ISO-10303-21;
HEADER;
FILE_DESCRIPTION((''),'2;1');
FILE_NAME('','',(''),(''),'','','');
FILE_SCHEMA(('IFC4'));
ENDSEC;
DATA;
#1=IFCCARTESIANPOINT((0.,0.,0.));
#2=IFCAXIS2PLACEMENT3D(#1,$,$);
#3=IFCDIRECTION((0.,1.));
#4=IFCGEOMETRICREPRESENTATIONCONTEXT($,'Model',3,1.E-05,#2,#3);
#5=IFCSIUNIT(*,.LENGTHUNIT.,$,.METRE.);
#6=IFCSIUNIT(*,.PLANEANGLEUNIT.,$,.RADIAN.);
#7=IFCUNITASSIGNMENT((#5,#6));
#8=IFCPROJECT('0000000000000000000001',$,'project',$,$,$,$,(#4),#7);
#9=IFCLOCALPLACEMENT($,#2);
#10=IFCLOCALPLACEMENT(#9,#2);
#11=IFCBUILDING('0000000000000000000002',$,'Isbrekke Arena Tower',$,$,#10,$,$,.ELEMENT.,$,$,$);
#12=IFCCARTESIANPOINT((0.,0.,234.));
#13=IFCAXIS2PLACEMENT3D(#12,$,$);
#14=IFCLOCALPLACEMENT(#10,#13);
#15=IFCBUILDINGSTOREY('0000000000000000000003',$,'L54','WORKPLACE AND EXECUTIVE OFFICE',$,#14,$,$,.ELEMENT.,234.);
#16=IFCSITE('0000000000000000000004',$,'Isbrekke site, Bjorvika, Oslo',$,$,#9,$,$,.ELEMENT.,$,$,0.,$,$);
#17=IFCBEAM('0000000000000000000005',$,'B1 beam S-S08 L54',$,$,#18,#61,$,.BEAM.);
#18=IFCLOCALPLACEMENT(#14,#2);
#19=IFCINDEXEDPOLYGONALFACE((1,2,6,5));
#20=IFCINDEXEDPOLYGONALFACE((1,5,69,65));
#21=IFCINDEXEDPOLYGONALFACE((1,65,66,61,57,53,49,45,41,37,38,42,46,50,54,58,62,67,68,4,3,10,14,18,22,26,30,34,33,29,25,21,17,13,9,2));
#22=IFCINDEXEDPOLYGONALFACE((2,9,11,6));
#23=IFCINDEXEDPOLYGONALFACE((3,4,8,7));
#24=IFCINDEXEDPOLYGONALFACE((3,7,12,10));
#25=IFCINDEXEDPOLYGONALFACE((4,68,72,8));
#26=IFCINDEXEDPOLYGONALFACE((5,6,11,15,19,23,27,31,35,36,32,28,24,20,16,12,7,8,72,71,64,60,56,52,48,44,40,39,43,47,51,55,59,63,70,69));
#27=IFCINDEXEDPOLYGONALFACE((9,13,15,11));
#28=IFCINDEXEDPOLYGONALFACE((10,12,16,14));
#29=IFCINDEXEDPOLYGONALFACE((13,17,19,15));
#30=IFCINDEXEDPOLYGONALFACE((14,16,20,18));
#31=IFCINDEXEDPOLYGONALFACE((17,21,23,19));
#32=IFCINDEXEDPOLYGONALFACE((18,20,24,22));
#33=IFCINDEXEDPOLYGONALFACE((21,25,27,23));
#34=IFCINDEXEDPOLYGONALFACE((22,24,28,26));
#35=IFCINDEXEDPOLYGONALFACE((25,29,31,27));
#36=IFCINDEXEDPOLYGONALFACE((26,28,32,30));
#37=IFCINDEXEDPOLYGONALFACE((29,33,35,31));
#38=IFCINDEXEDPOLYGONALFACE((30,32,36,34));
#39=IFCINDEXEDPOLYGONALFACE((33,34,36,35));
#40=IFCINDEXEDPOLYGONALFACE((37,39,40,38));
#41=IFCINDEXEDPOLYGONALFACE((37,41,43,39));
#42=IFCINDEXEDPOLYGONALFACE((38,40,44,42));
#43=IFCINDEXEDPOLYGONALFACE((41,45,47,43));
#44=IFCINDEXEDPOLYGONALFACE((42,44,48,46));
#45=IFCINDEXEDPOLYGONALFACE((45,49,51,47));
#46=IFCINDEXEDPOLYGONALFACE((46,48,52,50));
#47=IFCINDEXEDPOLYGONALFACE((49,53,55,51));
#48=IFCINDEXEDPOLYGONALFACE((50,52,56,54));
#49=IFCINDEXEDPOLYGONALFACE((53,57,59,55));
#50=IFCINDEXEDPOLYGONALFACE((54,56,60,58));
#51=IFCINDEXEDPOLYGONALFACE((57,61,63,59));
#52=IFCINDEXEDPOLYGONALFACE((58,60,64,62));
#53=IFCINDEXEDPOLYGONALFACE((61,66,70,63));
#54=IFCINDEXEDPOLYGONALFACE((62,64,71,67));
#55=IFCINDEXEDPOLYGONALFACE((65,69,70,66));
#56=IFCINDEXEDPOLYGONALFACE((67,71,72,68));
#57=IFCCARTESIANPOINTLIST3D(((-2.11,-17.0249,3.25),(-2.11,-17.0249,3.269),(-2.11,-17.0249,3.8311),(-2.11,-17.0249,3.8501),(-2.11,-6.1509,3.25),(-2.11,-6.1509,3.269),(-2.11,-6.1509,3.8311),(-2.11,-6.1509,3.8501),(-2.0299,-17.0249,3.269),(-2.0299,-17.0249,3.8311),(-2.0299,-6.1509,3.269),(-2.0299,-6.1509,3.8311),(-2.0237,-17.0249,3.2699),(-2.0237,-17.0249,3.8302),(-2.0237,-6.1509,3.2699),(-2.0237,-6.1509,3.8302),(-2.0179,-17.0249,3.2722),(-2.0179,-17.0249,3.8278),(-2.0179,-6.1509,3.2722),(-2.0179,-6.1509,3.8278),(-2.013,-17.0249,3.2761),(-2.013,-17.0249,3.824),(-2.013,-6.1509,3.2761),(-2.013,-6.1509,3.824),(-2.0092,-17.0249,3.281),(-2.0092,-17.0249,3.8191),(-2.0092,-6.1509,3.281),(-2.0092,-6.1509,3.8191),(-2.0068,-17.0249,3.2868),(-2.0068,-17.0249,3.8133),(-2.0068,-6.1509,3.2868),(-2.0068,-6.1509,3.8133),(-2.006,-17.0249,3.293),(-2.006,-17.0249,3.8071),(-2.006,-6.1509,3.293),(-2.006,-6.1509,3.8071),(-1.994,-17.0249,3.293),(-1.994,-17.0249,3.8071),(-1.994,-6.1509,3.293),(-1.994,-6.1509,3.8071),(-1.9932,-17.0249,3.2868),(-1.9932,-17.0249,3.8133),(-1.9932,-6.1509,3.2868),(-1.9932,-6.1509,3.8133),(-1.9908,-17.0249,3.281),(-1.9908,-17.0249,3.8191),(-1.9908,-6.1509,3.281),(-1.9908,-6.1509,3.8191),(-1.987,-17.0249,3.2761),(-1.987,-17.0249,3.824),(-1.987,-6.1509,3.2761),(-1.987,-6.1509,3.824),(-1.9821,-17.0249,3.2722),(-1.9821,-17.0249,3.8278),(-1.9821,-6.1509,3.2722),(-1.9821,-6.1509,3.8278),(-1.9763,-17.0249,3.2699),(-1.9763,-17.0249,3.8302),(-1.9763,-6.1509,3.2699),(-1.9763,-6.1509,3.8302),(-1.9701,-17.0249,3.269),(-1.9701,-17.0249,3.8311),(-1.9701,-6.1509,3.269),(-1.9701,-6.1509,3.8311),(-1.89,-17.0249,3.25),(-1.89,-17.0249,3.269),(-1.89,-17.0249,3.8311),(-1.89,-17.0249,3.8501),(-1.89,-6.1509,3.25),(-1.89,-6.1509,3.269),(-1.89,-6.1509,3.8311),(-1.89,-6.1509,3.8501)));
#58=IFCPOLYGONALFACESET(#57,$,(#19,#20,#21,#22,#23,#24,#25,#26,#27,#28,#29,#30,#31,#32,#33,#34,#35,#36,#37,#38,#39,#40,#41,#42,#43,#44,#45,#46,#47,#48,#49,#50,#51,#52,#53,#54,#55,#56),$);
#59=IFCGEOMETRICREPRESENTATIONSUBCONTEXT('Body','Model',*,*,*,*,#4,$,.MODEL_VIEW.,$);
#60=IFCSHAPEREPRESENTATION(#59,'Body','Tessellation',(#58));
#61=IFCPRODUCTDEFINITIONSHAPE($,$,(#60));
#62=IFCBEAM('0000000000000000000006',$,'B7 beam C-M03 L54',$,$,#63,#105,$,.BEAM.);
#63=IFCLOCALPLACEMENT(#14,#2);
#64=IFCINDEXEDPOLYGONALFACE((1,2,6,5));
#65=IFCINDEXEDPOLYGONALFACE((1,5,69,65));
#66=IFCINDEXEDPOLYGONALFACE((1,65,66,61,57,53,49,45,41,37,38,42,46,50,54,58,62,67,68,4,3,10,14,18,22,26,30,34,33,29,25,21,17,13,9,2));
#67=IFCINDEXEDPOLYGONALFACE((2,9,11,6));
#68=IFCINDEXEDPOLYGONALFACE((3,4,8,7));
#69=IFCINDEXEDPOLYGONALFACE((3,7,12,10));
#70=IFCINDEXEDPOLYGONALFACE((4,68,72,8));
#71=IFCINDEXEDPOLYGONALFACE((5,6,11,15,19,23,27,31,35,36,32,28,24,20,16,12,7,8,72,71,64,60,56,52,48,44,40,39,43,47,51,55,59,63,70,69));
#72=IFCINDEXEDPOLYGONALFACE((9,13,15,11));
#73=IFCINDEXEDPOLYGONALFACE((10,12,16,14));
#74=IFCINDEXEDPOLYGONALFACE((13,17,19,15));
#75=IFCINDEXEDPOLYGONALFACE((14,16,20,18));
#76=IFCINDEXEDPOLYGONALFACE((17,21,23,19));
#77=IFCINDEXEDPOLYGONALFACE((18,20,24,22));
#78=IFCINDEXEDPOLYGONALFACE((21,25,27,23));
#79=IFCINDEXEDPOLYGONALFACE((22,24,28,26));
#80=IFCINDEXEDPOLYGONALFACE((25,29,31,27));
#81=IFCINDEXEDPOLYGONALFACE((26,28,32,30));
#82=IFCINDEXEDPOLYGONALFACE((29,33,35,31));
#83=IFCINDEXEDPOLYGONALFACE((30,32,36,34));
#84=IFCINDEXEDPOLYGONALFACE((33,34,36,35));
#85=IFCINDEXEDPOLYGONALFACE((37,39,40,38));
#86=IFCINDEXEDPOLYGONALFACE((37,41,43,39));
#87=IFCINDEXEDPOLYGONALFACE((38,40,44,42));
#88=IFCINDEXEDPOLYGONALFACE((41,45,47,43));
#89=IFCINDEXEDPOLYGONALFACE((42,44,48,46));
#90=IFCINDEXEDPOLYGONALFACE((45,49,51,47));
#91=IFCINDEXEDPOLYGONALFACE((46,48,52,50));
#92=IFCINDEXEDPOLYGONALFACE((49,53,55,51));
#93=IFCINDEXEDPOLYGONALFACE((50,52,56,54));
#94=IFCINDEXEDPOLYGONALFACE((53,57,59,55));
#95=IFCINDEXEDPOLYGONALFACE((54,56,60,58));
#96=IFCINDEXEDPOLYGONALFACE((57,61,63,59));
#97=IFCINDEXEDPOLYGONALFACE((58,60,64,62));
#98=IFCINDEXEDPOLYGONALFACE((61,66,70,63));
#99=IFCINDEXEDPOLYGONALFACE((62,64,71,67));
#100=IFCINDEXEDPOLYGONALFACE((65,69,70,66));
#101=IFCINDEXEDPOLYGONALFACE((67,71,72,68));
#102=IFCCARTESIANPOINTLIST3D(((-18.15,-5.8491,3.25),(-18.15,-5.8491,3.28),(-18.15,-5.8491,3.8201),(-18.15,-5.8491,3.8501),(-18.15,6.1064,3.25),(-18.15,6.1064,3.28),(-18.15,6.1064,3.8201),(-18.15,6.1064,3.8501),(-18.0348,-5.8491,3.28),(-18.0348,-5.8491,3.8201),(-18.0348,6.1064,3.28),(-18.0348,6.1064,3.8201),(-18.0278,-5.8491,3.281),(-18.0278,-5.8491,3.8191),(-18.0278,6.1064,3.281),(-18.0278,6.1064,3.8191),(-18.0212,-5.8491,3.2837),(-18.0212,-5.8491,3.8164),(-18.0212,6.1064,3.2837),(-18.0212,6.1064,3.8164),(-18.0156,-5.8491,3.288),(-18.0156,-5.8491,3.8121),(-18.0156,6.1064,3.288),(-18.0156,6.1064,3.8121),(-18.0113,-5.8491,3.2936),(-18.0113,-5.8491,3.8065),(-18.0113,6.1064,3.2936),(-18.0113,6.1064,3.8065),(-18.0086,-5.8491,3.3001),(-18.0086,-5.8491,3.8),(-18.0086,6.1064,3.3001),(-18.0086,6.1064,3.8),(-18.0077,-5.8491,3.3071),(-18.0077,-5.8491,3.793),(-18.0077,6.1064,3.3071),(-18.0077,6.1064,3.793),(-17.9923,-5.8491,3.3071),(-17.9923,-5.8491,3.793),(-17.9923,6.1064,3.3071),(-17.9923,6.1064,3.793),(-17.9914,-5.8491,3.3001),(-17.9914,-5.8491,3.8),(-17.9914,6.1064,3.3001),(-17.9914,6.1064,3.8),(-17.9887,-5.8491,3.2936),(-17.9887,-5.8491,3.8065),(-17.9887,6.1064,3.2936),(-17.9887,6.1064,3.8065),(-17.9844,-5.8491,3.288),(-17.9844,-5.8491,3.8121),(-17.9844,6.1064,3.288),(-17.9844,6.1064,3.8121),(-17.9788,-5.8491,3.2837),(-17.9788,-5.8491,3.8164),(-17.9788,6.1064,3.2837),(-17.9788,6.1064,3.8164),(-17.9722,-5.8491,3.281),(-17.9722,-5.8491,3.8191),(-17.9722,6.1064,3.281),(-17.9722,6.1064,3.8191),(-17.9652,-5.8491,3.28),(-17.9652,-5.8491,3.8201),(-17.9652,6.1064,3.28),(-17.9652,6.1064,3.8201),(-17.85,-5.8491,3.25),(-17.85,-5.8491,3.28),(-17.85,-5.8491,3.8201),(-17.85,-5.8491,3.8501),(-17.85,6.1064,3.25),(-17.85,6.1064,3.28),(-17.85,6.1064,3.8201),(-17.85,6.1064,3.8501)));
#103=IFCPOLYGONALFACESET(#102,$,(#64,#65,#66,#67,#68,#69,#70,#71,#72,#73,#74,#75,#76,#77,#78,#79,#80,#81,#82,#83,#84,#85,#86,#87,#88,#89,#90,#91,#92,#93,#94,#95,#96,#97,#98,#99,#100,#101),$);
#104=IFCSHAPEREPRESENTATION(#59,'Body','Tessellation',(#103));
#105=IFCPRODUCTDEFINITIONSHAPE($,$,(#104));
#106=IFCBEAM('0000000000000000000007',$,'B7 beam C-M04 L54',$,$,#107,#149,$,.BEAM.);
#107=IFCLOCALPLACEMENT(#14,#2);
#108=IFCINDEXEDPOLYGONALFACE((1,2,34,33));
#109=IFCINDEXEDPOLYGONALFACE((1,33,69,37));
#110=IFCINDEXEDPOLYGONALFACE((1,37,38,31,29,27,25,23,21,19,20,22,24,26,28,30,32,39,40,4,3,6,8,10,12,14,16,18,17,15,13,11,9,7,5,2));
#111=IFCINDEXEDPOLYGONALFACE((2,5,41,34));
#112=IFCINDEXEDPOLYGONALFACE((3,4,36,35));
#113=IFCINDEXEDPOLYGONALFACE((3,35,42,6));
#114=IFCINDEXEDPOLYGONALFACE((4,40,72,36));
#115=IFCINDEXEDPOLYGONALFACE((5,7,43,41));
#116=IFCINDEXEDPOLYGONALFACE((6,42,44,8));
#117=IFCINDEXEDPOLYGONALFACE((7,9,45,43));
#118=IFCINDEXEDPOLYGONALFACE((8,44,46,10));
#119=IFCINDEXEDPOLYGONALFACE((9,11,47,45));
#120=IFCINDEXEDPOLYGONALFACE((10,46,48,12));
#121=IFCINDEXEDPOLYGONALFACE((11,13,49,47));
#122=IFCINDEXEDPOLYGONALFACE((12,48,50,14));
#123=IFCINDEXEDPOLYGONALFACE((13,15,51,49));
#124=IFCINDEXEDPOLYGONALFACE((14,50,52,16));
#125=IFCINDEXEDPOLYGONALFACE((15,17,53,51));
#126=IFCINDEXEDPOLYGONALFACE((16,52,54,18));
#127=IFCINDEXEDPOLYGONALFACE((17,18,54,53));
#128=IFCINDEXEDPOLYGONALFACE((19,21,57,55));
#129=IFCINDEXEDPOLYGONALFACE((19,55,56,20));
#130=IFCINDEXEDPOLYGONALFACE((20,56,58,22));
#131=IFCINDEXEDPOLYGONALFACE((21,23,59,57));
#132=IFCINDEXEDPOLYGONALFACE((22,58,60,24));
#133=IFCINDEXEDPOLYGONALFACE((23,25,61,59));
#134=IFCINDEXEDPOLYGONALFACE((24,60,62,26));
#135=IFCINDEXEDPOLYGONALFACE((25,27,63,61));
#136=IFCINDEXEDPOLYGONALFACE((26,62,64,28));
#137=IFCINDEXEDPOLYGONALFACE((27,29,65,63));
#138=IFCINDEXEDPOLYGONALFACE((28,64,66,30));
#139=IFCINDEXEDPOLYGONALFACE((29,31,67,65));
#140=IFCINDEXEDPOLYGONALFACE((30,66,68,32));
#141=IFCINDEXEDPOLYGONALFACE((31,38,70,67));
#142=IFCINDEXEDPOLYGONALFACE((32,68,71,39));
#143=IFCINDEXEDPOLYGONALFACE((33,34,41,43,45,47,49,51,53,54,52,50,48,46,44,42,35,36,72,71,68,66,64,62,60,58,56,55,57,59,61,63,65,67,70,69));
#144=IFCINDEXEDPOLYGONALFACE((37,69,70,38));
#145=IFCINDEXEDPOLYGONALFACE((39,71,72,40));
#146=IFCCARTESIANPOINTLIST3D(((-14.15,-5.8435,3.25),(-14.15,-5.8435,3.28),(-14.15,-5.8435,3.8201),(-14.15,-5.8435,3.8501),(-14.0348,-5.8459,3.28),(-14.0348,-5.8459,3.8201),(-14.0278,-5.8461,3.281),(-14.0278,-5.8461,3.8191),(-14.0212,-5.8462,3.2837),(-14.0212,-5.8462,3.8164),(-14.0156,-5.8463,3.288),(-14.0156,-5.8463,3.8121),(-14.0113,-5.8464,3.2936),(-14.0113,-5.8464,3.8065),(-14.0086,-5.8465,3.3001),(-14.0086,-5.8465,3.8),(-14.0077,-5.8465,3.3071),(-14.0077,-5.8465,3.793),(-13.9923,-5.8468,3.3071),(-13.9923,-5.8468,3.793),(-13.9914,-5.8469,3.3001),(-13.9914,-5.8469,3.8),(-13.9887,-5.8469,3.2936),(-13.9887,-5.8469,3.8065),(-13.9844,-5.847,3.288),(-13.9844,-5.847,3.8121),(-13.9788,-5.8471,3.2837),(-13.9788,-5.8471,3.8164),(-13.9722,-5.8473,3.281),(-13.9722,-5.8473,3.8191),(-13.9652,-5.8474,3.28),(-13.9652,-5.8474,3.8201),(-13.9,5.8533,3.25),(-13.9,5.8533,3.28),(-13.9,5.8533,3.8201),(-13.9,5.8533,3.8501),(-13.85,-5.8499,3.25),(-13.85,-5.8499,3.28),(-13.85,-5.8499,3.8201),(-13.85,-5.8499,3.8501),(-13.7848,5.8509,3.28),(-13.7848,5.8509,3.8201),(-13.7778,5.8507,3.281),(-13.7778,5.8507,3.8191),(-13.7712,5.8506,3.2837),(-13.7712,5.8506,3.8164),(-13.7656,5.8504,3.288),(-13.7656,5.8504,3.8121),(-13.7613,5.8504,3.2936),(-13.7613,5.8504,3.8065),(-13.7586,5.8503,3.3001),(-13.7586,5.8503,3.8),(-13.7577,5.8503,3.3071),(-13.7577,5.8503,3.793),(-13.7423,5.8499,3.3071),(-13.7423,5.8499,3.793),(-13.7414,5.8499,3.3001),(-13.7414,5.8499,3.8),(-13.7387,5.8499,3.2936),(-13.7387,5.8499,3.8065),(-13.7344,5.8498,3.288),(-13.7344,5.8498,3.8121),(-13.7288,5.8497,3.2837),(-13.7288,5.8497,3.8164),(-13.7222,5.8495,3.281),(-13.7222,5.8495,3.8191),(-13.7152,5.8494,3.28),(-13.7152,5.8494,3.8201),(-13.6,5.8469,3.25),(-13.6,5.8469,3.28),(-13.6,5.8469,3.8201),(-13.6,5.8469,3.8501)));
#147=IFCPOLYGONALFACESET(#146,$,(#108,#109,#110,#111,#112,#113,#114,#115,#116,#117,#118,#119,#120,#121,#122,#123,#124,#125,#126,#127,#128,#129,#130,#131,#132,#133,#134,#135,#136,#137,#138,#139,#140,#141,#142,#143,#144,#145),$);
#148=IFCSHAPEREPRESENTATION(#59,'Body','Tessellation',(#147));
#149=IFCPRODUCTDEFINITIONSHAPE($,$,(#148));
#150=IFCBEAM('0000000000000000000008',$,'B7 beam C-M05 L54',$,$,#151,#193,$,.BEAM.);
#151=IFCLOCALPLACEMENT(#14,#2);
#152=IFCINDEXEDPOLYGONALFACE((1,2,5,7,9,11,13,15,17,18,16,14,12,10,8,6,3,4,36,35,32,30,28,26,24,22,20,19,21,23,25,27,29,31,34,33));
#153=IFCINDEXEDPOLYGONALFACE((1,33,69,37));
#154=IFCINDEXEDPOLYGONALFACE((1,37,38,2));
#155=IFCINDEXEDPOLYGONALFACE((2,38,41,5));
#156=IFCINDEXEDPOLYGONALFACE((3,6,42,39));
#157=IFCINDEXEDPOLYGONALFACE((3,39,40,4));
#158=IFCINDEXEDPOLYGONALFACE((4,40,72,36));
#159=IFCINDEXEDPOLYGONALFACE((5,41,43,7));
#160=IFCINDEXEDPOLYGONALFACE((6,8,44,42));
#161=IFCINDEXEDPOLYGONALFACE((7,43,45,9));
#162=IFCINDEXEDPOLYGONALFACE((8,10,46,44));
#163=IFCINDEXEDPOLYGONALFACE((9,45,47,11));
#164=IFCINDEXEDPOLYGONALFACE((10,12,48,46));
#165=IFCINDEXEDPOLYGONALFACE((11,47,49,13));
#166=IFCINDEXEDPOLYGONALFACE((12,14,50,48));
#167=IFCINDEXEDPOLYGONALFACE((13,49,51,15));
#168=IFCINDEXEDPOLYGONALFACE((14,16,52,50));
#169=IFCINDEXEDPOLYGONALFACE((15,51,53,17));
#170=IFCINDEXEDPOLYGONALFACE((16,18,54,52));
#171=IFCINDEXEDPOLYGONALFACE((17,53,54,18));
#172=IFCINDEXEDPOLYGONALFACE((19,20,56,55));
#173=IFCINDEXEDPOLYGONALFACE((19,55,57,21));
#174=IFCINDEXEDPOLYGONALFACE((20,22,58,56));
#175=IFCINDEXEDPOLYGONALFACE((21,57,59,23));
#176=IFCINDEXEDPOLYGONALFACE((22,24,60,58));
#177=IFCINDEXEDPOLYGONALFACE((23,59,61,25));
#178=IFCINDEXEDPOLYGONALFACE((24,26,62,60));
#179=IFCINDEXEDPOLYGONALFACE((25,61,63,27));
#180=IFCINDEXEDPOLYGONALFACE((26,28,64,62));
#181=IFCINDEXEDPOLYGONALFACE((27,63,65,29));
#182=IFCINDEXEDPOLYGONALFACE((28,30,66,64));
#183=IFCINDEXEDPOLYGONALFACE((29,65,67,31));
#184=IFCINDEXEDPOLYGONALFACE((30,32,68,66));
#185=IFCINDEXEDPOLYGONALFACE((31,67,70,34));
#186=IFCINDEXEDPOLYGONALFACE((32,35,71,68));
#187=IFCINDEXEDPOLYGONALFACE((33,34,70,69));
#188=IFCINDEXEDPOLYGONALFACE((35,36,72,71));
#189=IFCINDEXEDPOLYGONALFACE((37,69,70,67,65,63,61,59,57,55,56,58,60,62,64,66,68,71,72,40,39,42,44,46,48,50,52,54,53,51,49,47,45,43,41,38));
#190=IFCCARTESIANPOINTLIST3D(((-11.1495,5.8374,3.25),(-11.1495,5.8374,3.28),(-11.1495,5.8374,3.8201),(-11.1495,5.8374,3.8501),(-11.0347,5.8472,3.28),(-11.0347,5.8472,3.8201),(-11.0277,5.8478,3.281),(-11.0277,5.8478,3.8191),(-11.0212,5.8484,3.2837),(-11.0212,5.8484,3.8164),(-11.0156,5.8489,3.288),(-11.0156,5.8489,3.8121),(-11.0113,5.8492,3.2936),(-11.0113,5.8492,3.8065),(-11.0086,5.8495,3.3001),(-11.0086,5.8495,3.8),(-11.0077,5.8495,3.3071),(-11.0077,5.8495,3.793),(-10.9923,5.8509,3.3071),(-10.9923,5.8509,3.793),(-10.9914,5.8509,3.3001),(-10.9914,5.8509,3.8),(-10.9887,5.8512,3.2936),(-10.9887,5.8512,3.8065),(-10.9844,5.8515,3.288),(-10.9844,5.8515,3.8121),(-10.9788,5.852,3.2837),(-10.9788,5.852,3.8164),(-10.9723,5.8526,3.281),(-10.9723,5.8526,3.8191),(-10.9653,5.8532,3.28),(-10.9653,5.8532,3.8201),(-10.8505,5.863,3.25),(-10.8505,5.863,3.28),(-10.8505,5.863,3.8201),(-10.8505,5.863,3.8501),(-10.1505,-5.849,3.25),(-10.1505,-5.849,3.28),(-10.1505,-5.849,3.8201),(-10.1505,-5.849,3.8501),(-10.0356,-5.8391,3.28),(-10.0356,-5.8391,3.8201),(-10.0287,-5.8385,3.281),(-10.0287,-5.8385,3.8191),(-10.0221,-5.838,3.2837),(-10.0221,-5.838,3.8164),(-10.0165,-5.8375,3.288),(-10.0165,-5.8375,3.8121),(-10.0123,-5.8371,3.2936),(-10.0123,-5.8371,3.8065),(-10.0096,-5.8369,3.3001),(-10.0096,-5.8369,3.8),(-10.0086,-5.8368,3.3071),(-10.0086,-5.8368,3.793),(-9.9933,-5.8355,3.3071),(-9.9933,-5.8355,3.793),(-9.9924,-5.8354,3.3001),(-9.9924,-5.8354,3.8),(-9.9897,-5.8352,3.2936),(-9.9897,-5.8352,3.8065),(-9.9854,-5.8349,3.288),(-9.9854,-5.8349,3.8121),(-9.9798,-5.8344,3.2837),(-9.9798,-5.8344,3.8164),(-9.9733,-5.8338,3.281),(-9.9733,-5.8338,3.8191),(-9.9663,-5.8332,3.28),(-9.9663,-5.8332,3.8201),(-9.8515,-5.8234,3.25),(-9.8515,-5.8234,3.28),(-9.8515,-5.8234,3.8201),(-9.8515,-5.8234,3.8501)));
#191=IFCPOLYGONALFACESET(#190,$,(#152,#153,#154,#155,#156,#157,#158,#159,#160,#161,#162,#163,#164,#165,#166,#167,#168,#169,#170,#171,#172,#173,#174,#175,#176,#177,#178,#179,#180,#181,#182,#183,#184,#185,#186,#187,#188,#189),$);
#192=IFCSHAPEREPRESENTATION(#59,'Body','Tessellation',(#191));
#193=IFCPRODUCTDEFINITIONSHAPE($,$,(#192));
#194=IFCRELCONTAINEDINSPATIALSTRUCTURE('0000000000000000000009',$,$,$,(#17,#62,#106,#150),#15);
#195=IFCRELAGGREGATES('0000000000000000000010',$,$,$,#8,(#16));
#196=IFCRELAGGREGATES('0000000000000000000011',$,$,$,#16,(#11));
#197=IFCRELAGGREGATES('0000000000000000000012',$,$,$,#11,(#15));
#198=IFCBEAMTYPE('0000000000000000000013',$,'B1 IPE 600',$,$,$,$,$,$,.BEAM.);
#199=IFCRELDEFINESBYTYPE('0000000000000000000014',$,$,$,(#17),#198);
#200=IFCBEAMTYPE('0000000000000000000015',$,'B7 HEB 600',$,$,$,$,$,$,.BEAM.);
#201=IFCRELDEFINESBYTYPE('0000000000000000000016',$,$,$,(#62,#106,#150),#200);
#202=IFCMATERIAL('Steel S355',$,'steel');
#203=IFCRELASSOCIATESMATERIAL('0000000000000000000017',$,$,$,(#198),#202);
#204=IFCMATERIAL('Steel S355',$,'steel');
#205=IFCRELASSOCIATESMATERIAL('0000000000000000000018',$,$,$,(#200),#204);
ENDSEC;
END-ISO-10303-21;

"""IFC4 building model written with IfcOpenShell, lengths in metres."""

from ifc_helpers import new_model, si_unit, direction, frame, origin, origin_2d, place, context, subcontext, project, spatial, i_section, extrude, material, material_profile, profile_set, type_object, element, save


model = new_model("IFC4")

# Units and contexts
model_context = context("Model", 3, precision=1e-05, world=origin(), true_north=direction((0.0, 1.0)))
body_context = subcontext(model_context, "Body", "Model", "MODEL_VIEW")
ifc_project = project(units=[si_unit("LENGTHUNIT", "METRE"), si_unit("PLANEANGLEUNIT", "RADIAN")], contexts=[model_context])

# Site, building, storey
site_placement = place(None, origin())
site = spatial("IfcSite", under=ifc_project, at=site_placement, Name="Isbrekke site, Bjorvika, Oslo", CompositionType="ELEMENT", RefElevation=0.0)
building_placement = place(site_placement, origin())
building = spatial("IfcBuilding", under=site, at=building_placement, Name="Isbrekke Arena Tower", CompositionType="ELEMENT")
storey_placement = place(building_placement, frame((0.0, 0.0, 234.0)))
storey = spatial("IfcBuildingStorey", under=building, at=storey_placement, Name="L54", Description="WORKPLACE AND EXECUTIVE OFFICE", CompositionType="ELEMENT", Elevation=234.0)

# Beams
ifc_material_1 = material(Name="Steel S355", Category="steel")
ifc_material_profile_1 = material_profile(ifc_material_1, i_section(OverallWidth=0.22, OverallDepth=0.6001, WebThickness=0.012, FlangeThickness=0.019, FilletRadius=0.0239, at=origin_2d()), Name="IPE 600")
ifc_profile_set_1 = profile_set([ifc_material_profile_1], Name="Steel S355")
beam_type_1 = type_object("IfcBeamType", Name="B1 IPE 600", PredefinedType="BEAM", material=ifc_profile_set_1)
for number, where, z_axis, x_axis, name in (
    (1, (-2.0, -17.0249, 3.55), (0.0, 1.0, 0.0), (-1.0, 0.0, 0.0), "B1 beam S-S08 L54"),
):
    element("IfcBeam", number, at=place(storey_placement, frame(where, z_axis=z_axis, x_axis=x_axis)), inside=storey, type_object=beam_type_1, Name=name, PredefinedType="BEAM", context=body_context, shape_type="SweptSolid", body=[
        extrude(i_section(OverallWidth=0.22, OverallDepth=0.6001, WebThickness=0.012, FlangeThickness=0.019, FilletRadius=0.0239, at=origin_2d()), origin(), (0.0, 0.0, 1.0), 10.874),
    ])
ifc_material_2 = material(Name="Steel S355", Category="steel")
ifc_material_profile_2 = material_profile(ifc_material_2, i_section(OverallWidth=0.3, OverallDepth=0.6001, WebThickness=0.0154, FlangeThickness=0.03, FilletRadius=0.0271, at=origin_2d()), Name="HEB 600")
ifc_profile_set_2 = profile_set([ifc_material_profile_2], Name="Steel S355")
beam_type_2 = type_object("IfcBeamType", Name="B7 HEB 600", PredefinedType="BEAM", material=ifc_profile_set_2)
beam_1_placement = place(storey_placement, frame((-18.0, -5.8491, 3.55), z_axis=(0.0, 1.0, 0.0), x_axis=(-1.0, 0.0, 0.0)))
element("IfcBeam", 2, at=beam_1_placement, inside=storey, type_object=beam_type_2, Name="B7 beam C-M03 L54", PredefinedType="BEAM", context=body_context, shape_type="SweptSolid", body=[
    extrude(i_section(OverallWidth=0.3, OverallDepth=0.6001, WebThickness=0.0154, FlangeThickness=0.03, FilletRadius=0.0271, at=origin_2d()), origin(), (0.0, 0.0, 1.0), 11.9556),
])
beam_2_placement = place(storey_placement, frame((-14.0, -5.8467, 3.55), z_axis=(0.021369, 0.999772, 0.0), x_axis=(-0.999772, 0.021369, 0.0)))
element("IfcBeam", 3, at=beam_2_placement, inside=storey, type_object=beam_type_2, Name="B7 beam C-M04 L54", PredefinedType="BEAM", context=body_context, shape_type="SweptSolid", body=[
    extrude(i_section(OverallWidth=0.3, OverallDepth=0.6001, WebThickness=0.0154, FlangeThickness=0.03, FilletRadius=0.0271, at=origin_2d()), origin(), (0.0, 0.0, 1.0), 11.6995),
])
beam_3_placement = place(storey_placement, frame((-10.001, -5.8362, 3.55), z_axis=(-0.085176, 0.996366, 0.0), x_axis=(-0.996366, -0.085176, 0.0)))
element("IfcBeam", 4, at=beam_3_placement, inside=storey, type_object=beam_type_2, Name="B7 beam C-M05 L54", PredefinedType="BEAM", context=body_context, shape_type="SweptSolid", body=[
    extrude(i_section(OverallWidth=0.3, OverallDepth=0.6001, WebThickness=0.0154, FlangeThickness=0.03, FilletRadius=0.0271, at=origin_2d()), origin(), (0.0, 0.0, 1.0), 11.729),
])

save(model, "model.ifc")
